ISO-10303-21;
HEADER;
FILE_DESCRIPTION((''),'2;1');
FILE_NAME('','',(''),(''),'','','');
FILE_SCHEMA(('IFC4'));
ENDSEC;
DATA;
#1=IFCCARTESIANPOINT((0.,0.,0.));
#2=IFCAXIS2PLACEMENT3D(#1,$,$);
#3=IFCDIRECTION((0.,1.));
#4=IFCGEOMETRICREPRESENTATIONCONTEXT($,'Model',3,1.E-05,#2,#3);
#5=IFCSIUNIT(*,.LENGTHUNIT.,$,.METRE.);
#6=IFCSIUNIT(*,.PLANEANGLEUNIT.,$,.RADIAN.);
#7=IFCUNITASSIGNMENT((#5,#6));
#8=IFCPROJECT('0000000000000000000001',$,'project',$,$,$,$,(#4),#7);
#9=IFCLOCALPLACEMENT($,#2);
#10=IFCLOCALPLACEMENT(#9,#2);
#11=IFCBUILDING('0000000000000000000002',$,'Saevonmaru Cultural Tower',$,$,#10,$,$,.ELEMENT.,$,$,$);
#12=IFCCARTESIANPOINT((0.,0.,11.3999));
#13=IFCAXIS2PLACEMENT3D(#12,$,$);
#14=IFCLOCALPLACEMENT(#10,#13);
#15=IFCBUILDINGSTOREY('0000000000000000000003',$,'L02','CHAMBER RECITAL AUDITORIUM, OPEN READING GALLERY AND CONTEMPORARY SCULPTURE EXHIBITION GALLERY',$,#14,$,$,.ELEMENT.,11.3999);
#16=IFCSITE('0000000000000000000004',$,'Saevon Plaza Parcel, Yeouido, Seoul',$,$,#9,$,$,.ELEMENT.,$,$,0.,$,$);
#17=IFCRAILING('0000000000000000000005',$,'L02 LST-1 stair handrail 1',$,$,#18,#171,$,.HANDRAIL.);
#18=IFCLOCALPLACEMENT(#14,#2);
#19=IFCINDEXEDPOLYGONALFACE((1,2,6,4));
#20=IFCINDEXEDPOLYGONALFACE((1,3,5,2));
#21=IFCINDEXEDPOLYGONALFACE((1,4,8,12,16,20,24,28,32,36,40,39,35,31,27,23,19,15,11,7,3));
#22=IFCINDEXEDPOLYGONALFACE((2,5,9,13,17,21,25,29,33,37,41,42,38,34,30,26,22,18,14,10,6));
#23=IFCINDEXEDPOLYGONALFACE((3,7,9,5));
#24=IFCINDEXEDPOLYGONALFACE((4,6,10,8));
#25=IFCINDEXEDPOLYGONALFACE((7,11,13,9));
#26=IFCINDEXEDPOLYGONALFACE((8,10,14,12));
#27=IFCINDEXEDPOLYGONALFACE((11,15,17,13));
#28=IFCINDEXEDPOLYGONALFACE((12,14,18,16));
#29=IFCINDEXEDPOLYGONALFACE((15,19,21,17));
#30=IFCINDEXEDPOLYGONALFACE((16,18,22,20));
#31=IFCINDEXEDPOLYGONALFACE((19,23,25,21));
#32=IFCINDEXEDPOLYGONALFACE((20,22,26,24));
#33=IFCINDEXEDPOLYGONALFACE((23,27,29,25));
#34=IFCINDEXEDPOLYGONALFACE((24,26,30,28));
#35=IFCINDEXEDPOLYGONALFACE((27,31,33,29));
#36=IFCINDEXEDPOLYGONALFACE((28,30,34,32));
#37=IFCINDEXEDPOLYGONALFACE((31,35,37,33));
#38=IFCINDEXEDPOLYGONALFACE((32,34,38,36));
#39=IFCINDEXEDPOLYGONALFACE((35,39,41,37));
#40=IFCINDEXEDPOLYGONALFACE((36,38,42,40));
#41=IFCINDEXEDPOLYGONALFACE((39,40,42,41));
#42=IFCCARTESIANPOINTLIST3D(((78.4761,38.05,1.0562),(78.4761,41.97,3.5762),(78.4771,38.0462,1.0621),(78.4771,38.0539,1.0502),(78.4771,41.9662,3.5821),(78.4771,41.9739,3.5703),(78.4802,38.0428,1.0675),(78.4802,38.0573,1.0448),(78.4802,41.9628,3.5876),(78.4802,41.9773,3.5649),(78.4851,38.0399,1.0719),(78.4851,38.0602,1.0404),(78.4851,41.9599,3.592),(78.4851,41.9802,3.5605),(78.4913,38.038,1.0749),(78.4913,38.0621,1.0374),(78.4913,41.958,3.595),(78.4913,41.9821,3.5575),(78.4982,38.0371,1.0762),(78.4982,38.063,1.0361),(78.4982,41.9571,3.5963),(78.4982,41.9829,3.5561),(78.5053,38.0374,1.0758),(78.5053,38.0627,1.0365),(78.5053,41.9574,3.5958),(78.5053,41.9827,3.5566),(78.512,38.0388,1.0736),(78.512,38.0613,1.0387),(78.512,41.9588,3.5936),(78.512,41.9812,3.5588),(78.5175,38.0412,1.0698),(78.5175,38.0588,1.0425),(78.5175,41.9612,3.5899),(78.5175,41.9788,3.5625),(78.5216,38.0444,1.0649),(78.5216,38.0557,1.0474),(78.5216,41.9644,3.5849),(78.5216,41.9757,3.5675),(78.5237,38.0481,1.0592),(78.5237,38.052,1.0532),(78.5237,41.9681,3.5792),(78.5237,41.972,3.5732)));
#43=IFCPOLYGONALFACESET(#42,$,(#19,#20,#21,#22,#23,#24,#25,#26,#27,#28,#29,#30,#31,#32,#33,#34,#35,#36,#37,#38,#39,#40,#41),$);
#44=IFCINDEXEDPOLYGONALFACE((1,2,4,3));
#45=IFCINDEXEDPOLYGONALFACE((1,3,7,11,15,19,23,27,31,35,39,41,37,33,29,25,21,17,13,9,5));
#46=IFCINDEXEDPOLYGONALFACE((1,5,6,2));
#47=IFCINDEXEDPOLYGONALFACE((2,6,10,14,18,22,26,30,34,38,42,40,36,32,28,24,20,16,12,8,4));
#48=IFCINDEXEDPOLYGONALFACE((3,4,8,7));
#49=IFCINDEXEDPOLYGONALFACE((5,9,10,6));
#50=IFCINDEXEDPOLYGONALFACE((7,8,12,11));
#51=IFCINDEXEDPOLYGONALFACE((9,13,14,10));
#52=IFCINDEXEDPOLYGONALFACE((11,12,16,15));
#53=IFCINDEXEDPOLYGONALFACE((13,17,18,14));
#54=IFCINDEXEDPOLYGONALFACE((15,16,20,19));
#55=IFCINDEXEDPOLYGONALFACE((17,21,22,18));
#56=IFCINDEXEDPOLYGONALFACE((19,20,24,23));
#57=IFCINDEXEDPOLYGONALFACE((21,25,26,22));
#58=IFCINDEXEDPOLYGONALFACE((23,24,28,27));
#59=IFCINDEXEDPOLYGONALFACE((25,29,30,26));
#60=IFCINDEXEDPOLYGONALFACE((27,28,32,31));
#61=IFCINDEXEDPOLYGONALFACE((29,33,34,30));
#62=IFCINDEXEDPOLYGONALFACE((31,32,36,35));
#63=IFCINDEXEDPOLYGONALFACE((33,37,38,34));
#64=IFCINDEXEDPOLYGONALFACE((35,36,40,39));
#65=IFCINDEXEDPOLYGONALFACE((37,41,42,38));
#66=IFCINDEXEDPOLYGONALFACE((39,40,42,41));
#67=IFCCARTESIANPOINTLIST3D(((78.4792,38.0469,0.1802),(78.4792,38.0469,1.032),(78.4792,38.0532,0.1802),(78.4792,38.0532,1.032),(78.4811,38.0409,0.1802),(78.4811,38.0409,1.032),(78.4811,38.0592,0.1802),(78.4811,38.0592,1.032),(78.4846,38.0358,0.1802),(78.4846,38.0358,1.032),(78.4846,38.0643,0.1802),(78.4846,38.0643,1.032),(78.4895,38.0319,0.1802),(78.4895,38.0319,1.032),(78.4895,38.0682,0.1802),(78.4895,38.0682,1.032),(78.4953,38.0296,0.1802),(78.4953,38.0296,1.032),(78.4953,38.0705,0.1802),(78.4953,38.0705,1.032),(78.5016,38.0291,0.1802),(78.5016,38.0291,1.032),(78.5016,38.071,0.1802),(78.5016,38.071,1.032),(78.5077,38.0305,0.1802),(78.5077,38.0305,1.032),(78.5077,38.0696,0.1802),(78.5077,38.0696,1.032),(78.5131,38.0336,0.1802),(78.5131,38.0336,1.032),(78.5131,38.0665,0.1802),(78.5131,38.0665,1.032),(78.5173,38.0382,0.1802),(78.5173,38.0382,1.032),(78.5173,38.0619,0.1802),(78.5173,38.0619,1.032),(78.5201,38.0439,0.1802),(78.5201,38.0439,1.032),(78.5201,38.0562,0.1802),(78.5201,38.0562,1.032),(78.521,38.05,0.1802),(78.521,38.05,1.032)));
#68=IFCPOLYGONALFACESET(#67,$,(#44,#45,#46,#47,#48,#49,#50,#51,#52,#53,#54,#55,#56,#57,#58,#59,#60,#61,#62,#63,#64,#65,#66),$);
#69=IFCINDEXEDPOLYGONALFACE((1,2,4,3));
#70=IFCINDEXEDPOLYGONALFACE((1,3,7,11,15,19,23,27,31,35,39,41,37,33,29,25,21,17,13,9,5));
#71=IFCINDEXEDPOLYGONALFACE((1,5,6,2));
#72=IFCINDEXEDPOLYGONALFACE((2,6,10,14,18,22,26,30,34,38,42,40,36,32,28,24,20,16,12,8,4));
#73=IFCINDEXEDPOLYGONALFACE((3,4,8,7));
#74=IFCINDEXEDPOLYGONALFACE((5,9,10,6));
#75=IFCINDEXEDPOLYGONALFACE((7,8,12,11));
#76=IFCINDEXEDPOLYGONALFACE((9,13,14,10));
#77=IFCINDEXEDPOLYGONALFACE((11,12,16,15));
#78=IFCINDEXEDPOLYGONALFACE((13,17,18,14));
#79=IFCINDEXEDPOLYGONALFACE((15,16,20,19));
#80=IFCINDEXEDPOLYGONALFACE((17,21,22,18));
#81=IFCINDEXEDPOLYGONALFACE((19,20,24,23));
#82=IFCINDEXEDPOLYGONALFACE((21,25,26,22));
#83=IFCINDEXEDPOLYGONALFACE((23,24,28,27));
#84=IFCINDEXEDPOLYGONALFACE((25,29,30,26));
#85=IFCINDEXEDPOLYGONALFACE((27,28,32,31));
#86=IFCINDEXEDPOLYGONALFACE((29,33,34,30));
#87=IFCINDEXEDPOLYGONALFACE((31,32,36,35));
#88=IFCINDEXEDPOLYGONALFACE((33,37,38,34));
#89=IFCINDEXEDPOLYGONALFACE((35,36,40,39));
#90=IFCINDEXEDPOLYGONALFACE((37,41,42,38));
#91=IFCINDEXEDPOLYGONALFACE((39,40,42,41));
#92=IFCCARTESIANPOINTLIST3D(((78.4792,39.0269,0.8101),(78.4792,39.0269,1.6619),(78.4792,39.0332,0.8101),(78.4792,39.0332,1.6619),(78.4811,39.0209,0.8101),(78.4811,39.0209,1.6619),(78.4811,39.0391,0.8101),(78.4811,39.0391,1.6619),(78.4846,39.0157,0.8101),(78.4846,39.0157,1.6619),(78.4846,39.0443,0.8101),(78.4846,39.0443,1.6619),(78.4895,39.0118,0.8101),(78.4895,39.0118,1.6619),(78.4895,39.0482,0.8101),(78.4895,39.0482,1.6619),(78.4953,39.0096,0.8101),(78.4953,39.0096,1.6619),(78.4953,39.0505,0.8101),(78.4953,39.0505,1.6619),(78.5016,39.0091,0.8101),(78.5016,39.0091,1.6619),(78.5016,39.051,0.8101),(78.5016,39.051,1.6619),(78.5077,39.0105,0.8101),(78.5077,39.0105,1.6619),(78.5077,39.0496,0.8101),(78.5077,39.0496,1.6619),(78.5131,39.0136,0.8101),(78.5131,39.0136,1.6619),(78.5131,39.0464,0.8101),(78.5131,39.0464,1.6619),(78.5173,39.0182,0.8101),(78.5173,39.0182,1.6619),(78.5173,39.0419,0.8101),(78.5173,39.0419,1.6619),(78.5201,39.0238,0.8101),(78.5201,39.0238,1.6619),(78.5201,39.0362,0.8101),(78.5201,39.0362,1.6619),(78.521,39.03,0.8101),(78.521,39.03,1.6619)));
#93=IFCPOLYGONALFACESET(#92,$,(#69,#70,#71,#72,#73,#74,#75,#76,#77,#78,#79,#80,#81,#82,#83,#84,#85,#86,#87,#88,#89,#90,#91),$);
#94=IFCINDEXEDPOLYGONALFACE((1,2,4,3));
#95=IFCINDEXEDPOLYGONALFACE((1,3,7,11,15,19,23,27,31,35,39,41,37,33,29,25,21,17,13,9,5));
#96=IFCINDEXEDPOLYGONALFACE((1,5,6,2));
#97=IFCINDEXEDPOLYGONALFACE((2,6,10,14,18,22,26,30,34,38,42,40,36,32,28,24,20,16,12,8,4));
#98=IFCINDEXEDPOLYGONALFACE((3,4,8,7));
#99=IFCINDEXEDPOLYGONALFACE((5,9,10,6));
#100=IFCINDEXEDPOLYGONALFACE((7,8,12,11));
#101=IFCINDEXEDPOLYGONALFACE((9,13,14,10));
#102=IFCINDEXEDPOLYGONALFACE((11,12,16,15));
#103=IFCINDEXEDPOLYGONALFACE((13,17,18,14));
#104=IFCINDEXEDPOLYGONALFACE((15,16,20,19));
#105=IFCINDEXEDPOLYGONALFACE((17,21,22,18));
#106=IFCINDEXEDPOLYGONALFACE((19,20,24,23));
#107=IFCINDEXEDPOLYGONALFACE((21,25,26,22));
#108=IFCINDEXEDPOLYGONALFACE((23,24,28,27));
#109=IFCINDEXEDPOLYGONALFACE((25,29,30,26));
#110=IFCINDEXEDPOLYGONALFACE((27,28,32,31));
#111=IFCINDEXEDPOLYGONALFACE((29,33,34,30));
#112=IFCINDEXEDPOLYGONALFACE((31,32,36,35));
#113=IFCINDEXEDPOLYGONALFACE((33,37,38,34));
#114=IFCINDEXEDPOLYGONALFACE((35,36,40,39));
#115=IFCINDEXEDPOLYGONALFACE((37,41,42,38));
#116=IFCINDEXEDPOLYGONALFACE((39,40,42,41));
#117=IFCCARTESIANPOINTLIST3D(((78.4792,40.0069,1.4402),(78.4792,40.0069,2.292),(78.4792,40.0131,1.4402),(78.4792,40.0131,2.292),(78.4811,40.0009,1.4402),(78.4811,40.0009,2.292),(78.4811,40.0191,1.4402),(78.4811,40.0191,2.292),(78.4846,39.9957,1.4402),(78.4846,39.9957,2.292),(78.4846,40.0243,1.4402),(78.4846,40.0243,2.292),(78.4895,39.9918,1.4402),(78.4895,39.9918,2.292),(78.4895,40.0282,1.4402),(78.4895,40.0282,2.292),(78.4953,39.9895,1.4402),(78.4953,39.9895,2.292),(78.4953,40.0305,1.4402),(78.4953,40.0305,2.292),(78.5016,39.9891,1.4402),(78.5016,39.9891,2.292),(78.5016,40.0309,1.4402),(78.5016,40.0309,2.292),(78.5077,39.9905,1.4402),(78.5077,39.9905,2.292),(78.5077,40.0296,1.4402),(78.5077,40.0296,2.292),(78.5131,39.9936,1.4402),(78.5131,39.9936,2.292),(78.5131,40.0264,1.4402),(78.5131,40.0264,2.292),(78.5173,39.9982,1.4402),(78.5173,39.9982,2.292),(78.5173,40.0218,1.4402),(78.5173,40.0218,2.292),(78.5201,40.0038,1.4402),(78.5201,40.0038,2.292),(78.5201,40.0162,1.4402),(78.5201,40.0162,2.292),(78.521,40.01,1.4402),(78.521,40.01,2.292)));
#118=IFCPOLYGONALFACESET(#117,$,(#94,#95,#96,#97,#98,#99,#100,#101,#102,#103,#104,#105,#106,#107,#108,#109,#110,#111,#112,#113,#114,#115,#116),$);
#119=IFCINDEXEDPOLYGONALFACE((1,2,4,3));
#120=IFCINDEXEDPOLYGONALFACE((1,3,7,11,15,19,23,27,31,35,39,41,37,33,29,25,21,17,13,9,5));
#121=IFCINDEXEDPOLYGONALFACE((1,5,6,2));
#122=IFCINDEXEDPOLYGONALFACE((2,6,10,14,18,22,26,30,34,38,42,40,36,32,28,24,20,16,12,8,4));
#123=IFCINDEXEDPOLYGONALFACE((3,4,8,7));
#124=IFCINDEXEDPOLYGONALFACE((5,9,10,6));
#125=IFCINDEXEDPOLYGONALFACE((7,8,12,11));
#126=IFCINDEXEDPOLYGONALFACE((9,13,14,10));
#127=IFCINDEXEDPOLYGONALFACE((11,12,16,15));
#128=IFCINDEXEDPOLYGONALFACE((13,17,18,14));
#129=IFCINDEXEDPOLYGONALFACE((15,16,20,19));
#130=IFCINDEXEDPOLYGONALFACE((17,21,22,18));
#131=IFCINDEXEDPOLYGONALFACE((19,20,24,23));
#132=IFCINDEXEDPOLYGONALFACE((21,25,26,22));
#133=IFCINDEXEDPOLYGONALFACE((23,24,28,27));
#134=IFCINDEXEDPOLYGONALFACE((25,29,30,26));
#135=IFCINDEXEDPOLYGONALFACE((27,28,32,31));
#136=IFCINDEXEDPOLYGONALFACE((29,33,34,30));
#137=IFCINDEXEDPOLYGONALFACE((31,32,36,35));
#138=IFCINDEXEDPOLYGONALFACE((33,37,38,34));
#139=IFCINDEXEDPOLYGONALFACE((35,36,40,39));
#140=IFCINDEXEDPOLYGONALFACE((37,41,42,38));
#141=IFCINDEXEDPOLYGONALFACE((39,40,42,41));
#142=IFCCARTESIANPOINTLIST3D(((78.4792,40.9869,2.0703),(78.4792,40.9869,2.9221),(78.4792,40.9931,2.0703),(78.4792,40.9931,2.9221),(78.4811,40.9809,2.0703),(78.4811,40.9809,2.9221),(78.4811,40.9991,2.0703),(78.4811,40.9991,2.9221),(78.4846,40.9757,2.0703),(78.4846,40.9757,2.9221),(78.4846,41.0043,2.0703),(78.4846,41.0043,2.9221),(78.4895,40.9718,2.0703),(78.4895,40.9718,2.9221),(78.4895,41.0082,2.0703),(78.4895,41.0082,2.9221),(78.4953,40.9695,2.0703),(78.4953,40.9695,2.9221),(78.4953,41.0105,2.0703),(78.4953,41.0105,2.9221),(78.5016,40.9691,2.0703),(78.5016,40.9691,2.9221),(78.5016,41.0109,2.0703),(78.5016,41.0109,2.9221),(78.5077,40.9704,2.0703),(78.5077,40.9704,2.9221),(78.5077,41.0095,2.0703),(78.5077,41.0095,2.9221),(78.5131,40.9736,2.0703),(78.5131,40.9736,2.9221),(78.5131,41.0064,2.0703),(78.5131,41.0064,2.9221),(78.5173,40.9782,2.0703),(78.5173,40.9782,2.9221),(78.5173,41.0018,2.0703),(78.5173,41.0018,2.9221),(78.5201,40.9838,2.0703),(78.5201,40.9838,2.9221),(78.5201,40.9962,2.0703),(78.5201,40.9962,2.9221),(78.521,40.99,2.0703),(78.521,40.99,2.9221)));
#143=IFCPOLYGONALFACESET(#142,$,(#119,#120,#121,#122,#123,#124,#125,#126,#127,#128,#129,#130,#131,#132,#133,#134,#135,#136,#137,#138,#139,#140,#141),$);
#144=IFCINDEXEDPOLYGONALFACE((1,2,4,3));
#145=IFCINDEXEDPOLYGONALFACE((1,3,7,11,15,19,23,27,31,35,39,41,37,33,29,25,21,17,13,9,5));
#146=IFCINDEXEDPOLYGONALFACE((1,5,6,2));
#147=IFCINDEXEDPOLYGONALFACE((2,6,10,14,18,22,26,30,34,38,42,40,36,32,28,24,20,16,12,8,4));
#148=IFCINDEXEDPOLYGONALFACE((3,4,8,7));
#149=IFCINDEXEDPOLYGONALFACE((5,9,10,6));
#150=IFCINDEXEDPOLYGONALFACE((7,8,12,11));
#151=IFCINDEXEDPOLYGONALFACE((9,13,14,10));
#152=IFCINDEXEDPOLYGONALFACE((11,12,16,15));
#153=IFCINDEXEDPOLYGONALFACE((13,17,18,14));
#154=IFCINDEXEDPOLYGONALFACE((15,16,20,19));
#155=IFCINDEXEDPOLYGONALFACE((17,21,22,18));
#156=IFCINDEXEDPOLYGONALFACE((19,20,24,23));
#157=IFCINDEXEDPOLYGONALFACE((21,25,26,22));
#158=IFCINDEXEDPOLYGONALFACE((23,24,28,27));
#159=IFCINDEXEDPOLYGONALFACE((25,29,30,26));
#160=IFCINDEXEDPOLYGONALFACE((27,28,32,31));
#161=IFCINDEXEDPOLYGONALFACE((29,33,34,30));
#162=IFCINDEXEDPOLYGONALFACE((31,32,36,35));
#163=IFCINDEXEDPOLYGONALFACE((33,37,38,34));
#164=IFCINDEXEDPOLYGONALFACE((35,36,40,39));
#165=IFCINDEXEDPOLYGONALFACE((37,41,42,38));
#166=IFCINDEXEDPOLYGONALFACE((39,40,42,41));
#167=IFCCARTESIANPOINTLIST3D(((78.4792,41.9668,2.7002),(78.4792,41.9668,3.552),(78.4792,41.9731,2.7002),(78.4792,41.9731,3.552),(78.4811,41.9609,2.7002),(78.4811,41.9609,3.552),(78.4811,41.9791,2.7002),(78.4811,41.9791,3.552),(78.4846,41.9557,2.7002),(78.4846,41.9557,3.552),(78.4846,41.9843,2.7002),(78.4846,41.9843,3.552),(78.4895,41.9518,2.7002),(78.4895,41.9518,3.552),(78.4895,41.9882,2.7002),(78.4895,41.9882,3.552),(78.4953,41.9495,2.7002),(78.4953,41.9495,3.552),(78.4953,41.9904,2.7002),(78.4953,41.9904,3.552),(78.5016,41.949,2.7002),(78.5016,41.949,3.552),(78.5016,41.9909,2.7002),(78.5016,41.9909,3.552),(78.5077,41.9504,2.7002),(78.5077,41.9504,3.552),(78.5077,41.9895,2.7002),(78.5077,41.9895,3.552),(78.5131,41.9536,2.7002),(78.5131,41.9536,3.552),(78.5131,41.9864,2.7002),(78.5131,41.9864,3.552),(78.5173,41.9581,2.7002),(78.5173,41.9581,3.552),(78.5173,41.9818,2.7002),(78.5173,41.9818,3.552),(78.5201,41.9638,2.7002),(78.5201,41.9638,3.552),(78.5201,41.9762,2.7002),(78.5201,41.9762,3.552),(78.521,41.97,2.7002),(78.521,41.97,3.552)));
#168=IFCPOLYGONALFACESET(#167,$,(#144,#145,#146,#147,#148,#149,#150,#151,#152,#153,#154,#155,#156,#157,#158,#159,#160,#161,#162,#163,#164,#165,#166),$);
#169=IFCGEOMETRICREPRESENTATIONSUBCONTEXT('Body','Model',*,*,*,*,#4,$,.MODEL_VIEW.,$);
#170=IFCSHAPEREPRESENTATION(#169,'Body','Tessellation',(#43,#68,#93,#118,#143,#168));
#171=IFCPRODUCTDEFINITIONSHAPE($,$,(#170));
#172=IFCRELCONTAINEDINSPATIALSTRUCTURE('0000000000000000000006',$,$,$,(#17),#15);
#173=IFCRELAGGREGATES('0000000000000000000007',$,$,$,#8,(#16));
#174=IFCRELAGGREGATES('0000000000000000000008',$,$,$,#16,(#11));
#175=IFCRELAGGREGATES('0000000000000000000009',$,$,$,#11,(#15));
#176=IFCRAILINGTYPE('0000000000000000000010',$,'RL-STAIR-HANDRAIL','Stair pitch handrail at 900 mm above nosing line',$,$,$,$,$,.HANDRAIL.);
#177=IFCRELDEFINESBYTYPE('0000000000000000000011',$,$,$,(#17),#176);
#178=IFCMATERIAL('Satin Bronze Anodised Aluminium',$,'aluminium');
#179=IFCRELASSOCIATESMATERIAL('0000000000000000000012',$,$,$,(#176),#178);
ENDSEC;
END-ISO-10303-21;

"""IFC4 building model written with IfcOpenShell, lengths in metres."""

from ifc_helpers import new_model, si_unit, direction, frame, origin, origin_2d, place, context, subcontext, project, spatial, circle, extrude, material, type_object, element, save


model = new_model("IFC4")

# Units and contexts
model_context = context("Model", 3, precision=1e-05, world=origin(), true_north=direction((0.0, 1.0)))
body_context = subcontext(model_context, "Body", "Model", "MODEL_VIEW")
ifc_project = project(units=[si_unit("LENGTHUNIT", "METRE"), si_unit("PLANEANGLEUNIT", "RADIAN")], contexts=[model_context])

# Site, building, storey
site_placement = place(None, origin())
site = spatial("IfcSite", under=ifc_project, at=site_placement, Name="Saevon Plaza Parcel, Yeouido, Seoul", CompositionType="ELEMENT", RefElevation=0.0)
building_placement = place(site_placement, origin())
building = spatial("IfcBuilding", under=site, at=building_placement, Name="Saevonmaru Cultural Tower", CompositionType="ELEMENT")
storey_placement = place(building_placement, frame((0.0, 0.0, 11.3999)))
storey = spatial("IfcBuildingStorey", under=building, at=storey_placement, Name="L02", Description="CHAMBER RECITAL AUDITORIUM, OPEN READING GALLERY AND CONTEMPORARY SCULPTURE EXHIBITION GALLERY", CompositionType="ELEMENT", Elevation=11.3999)

# Shared definitions
ifc_material_1 = material(Name="Satin Bronze Anodised Aluminium", Category="aluminium")

# Railing
railing_type_1 = type_object("IfcRailingType", Name="RL-STAIR-HANDRAIL", Description="Stair pitch handrail at 900 mm above nosing line", PredefinedType="HANDRAIL", material=ifc_material_1)
railing_1_placement = place(storey_placement, frame((78.5, 38.05, 0.1802)))
element("IfcRailing", 1, at=railing_1_placement, inside=storey, type_object=railing_type_1, Name="L02 LST-1 stair handrail 1", PredefinedType="HANDRAIL", context=body_context, shape_type="SweptSolid", body=[
    extrude(circle(Radius=0.0239, at=origin_2d()), frame((0.0, 0.0, 0.876), z_axis=(0.0, 0.841172, 0.540768), x_axis=(-1.0, 0.0, 0.0)), (0.0, 0.0, 1.0), 4.6602),
    extrude(circle(Radius=0.021, at=origin_2d()), origin(), (0.0, 0.0, 1.0), 0.8518),
    extrude(circle(Radius=0.021, at=origin_2d()), frame((0.0, 0.98, 0.6299)), (0.0, 0.0, 1.0), 0.8518),
    extrude(circle(Radius=0.021, at=origin_2d()), frame((0.0, 1.96, 1.26)), (0.0, 0.0, 1.0), 0.8518),
    extrude(circle(Radius=0.021, at=origin_2d()), frame((0.0, 2.9399, 1.8901)), (0.0, 0.0, 1.0), 0.8518),
    extrude(circle(Radius=0.021, at=origin_2d()), frame((0.0, 3.9199, 2.52)), (0.0, 0.0, 1.0), 0.8518),
])

save(model, "model.ifc")
